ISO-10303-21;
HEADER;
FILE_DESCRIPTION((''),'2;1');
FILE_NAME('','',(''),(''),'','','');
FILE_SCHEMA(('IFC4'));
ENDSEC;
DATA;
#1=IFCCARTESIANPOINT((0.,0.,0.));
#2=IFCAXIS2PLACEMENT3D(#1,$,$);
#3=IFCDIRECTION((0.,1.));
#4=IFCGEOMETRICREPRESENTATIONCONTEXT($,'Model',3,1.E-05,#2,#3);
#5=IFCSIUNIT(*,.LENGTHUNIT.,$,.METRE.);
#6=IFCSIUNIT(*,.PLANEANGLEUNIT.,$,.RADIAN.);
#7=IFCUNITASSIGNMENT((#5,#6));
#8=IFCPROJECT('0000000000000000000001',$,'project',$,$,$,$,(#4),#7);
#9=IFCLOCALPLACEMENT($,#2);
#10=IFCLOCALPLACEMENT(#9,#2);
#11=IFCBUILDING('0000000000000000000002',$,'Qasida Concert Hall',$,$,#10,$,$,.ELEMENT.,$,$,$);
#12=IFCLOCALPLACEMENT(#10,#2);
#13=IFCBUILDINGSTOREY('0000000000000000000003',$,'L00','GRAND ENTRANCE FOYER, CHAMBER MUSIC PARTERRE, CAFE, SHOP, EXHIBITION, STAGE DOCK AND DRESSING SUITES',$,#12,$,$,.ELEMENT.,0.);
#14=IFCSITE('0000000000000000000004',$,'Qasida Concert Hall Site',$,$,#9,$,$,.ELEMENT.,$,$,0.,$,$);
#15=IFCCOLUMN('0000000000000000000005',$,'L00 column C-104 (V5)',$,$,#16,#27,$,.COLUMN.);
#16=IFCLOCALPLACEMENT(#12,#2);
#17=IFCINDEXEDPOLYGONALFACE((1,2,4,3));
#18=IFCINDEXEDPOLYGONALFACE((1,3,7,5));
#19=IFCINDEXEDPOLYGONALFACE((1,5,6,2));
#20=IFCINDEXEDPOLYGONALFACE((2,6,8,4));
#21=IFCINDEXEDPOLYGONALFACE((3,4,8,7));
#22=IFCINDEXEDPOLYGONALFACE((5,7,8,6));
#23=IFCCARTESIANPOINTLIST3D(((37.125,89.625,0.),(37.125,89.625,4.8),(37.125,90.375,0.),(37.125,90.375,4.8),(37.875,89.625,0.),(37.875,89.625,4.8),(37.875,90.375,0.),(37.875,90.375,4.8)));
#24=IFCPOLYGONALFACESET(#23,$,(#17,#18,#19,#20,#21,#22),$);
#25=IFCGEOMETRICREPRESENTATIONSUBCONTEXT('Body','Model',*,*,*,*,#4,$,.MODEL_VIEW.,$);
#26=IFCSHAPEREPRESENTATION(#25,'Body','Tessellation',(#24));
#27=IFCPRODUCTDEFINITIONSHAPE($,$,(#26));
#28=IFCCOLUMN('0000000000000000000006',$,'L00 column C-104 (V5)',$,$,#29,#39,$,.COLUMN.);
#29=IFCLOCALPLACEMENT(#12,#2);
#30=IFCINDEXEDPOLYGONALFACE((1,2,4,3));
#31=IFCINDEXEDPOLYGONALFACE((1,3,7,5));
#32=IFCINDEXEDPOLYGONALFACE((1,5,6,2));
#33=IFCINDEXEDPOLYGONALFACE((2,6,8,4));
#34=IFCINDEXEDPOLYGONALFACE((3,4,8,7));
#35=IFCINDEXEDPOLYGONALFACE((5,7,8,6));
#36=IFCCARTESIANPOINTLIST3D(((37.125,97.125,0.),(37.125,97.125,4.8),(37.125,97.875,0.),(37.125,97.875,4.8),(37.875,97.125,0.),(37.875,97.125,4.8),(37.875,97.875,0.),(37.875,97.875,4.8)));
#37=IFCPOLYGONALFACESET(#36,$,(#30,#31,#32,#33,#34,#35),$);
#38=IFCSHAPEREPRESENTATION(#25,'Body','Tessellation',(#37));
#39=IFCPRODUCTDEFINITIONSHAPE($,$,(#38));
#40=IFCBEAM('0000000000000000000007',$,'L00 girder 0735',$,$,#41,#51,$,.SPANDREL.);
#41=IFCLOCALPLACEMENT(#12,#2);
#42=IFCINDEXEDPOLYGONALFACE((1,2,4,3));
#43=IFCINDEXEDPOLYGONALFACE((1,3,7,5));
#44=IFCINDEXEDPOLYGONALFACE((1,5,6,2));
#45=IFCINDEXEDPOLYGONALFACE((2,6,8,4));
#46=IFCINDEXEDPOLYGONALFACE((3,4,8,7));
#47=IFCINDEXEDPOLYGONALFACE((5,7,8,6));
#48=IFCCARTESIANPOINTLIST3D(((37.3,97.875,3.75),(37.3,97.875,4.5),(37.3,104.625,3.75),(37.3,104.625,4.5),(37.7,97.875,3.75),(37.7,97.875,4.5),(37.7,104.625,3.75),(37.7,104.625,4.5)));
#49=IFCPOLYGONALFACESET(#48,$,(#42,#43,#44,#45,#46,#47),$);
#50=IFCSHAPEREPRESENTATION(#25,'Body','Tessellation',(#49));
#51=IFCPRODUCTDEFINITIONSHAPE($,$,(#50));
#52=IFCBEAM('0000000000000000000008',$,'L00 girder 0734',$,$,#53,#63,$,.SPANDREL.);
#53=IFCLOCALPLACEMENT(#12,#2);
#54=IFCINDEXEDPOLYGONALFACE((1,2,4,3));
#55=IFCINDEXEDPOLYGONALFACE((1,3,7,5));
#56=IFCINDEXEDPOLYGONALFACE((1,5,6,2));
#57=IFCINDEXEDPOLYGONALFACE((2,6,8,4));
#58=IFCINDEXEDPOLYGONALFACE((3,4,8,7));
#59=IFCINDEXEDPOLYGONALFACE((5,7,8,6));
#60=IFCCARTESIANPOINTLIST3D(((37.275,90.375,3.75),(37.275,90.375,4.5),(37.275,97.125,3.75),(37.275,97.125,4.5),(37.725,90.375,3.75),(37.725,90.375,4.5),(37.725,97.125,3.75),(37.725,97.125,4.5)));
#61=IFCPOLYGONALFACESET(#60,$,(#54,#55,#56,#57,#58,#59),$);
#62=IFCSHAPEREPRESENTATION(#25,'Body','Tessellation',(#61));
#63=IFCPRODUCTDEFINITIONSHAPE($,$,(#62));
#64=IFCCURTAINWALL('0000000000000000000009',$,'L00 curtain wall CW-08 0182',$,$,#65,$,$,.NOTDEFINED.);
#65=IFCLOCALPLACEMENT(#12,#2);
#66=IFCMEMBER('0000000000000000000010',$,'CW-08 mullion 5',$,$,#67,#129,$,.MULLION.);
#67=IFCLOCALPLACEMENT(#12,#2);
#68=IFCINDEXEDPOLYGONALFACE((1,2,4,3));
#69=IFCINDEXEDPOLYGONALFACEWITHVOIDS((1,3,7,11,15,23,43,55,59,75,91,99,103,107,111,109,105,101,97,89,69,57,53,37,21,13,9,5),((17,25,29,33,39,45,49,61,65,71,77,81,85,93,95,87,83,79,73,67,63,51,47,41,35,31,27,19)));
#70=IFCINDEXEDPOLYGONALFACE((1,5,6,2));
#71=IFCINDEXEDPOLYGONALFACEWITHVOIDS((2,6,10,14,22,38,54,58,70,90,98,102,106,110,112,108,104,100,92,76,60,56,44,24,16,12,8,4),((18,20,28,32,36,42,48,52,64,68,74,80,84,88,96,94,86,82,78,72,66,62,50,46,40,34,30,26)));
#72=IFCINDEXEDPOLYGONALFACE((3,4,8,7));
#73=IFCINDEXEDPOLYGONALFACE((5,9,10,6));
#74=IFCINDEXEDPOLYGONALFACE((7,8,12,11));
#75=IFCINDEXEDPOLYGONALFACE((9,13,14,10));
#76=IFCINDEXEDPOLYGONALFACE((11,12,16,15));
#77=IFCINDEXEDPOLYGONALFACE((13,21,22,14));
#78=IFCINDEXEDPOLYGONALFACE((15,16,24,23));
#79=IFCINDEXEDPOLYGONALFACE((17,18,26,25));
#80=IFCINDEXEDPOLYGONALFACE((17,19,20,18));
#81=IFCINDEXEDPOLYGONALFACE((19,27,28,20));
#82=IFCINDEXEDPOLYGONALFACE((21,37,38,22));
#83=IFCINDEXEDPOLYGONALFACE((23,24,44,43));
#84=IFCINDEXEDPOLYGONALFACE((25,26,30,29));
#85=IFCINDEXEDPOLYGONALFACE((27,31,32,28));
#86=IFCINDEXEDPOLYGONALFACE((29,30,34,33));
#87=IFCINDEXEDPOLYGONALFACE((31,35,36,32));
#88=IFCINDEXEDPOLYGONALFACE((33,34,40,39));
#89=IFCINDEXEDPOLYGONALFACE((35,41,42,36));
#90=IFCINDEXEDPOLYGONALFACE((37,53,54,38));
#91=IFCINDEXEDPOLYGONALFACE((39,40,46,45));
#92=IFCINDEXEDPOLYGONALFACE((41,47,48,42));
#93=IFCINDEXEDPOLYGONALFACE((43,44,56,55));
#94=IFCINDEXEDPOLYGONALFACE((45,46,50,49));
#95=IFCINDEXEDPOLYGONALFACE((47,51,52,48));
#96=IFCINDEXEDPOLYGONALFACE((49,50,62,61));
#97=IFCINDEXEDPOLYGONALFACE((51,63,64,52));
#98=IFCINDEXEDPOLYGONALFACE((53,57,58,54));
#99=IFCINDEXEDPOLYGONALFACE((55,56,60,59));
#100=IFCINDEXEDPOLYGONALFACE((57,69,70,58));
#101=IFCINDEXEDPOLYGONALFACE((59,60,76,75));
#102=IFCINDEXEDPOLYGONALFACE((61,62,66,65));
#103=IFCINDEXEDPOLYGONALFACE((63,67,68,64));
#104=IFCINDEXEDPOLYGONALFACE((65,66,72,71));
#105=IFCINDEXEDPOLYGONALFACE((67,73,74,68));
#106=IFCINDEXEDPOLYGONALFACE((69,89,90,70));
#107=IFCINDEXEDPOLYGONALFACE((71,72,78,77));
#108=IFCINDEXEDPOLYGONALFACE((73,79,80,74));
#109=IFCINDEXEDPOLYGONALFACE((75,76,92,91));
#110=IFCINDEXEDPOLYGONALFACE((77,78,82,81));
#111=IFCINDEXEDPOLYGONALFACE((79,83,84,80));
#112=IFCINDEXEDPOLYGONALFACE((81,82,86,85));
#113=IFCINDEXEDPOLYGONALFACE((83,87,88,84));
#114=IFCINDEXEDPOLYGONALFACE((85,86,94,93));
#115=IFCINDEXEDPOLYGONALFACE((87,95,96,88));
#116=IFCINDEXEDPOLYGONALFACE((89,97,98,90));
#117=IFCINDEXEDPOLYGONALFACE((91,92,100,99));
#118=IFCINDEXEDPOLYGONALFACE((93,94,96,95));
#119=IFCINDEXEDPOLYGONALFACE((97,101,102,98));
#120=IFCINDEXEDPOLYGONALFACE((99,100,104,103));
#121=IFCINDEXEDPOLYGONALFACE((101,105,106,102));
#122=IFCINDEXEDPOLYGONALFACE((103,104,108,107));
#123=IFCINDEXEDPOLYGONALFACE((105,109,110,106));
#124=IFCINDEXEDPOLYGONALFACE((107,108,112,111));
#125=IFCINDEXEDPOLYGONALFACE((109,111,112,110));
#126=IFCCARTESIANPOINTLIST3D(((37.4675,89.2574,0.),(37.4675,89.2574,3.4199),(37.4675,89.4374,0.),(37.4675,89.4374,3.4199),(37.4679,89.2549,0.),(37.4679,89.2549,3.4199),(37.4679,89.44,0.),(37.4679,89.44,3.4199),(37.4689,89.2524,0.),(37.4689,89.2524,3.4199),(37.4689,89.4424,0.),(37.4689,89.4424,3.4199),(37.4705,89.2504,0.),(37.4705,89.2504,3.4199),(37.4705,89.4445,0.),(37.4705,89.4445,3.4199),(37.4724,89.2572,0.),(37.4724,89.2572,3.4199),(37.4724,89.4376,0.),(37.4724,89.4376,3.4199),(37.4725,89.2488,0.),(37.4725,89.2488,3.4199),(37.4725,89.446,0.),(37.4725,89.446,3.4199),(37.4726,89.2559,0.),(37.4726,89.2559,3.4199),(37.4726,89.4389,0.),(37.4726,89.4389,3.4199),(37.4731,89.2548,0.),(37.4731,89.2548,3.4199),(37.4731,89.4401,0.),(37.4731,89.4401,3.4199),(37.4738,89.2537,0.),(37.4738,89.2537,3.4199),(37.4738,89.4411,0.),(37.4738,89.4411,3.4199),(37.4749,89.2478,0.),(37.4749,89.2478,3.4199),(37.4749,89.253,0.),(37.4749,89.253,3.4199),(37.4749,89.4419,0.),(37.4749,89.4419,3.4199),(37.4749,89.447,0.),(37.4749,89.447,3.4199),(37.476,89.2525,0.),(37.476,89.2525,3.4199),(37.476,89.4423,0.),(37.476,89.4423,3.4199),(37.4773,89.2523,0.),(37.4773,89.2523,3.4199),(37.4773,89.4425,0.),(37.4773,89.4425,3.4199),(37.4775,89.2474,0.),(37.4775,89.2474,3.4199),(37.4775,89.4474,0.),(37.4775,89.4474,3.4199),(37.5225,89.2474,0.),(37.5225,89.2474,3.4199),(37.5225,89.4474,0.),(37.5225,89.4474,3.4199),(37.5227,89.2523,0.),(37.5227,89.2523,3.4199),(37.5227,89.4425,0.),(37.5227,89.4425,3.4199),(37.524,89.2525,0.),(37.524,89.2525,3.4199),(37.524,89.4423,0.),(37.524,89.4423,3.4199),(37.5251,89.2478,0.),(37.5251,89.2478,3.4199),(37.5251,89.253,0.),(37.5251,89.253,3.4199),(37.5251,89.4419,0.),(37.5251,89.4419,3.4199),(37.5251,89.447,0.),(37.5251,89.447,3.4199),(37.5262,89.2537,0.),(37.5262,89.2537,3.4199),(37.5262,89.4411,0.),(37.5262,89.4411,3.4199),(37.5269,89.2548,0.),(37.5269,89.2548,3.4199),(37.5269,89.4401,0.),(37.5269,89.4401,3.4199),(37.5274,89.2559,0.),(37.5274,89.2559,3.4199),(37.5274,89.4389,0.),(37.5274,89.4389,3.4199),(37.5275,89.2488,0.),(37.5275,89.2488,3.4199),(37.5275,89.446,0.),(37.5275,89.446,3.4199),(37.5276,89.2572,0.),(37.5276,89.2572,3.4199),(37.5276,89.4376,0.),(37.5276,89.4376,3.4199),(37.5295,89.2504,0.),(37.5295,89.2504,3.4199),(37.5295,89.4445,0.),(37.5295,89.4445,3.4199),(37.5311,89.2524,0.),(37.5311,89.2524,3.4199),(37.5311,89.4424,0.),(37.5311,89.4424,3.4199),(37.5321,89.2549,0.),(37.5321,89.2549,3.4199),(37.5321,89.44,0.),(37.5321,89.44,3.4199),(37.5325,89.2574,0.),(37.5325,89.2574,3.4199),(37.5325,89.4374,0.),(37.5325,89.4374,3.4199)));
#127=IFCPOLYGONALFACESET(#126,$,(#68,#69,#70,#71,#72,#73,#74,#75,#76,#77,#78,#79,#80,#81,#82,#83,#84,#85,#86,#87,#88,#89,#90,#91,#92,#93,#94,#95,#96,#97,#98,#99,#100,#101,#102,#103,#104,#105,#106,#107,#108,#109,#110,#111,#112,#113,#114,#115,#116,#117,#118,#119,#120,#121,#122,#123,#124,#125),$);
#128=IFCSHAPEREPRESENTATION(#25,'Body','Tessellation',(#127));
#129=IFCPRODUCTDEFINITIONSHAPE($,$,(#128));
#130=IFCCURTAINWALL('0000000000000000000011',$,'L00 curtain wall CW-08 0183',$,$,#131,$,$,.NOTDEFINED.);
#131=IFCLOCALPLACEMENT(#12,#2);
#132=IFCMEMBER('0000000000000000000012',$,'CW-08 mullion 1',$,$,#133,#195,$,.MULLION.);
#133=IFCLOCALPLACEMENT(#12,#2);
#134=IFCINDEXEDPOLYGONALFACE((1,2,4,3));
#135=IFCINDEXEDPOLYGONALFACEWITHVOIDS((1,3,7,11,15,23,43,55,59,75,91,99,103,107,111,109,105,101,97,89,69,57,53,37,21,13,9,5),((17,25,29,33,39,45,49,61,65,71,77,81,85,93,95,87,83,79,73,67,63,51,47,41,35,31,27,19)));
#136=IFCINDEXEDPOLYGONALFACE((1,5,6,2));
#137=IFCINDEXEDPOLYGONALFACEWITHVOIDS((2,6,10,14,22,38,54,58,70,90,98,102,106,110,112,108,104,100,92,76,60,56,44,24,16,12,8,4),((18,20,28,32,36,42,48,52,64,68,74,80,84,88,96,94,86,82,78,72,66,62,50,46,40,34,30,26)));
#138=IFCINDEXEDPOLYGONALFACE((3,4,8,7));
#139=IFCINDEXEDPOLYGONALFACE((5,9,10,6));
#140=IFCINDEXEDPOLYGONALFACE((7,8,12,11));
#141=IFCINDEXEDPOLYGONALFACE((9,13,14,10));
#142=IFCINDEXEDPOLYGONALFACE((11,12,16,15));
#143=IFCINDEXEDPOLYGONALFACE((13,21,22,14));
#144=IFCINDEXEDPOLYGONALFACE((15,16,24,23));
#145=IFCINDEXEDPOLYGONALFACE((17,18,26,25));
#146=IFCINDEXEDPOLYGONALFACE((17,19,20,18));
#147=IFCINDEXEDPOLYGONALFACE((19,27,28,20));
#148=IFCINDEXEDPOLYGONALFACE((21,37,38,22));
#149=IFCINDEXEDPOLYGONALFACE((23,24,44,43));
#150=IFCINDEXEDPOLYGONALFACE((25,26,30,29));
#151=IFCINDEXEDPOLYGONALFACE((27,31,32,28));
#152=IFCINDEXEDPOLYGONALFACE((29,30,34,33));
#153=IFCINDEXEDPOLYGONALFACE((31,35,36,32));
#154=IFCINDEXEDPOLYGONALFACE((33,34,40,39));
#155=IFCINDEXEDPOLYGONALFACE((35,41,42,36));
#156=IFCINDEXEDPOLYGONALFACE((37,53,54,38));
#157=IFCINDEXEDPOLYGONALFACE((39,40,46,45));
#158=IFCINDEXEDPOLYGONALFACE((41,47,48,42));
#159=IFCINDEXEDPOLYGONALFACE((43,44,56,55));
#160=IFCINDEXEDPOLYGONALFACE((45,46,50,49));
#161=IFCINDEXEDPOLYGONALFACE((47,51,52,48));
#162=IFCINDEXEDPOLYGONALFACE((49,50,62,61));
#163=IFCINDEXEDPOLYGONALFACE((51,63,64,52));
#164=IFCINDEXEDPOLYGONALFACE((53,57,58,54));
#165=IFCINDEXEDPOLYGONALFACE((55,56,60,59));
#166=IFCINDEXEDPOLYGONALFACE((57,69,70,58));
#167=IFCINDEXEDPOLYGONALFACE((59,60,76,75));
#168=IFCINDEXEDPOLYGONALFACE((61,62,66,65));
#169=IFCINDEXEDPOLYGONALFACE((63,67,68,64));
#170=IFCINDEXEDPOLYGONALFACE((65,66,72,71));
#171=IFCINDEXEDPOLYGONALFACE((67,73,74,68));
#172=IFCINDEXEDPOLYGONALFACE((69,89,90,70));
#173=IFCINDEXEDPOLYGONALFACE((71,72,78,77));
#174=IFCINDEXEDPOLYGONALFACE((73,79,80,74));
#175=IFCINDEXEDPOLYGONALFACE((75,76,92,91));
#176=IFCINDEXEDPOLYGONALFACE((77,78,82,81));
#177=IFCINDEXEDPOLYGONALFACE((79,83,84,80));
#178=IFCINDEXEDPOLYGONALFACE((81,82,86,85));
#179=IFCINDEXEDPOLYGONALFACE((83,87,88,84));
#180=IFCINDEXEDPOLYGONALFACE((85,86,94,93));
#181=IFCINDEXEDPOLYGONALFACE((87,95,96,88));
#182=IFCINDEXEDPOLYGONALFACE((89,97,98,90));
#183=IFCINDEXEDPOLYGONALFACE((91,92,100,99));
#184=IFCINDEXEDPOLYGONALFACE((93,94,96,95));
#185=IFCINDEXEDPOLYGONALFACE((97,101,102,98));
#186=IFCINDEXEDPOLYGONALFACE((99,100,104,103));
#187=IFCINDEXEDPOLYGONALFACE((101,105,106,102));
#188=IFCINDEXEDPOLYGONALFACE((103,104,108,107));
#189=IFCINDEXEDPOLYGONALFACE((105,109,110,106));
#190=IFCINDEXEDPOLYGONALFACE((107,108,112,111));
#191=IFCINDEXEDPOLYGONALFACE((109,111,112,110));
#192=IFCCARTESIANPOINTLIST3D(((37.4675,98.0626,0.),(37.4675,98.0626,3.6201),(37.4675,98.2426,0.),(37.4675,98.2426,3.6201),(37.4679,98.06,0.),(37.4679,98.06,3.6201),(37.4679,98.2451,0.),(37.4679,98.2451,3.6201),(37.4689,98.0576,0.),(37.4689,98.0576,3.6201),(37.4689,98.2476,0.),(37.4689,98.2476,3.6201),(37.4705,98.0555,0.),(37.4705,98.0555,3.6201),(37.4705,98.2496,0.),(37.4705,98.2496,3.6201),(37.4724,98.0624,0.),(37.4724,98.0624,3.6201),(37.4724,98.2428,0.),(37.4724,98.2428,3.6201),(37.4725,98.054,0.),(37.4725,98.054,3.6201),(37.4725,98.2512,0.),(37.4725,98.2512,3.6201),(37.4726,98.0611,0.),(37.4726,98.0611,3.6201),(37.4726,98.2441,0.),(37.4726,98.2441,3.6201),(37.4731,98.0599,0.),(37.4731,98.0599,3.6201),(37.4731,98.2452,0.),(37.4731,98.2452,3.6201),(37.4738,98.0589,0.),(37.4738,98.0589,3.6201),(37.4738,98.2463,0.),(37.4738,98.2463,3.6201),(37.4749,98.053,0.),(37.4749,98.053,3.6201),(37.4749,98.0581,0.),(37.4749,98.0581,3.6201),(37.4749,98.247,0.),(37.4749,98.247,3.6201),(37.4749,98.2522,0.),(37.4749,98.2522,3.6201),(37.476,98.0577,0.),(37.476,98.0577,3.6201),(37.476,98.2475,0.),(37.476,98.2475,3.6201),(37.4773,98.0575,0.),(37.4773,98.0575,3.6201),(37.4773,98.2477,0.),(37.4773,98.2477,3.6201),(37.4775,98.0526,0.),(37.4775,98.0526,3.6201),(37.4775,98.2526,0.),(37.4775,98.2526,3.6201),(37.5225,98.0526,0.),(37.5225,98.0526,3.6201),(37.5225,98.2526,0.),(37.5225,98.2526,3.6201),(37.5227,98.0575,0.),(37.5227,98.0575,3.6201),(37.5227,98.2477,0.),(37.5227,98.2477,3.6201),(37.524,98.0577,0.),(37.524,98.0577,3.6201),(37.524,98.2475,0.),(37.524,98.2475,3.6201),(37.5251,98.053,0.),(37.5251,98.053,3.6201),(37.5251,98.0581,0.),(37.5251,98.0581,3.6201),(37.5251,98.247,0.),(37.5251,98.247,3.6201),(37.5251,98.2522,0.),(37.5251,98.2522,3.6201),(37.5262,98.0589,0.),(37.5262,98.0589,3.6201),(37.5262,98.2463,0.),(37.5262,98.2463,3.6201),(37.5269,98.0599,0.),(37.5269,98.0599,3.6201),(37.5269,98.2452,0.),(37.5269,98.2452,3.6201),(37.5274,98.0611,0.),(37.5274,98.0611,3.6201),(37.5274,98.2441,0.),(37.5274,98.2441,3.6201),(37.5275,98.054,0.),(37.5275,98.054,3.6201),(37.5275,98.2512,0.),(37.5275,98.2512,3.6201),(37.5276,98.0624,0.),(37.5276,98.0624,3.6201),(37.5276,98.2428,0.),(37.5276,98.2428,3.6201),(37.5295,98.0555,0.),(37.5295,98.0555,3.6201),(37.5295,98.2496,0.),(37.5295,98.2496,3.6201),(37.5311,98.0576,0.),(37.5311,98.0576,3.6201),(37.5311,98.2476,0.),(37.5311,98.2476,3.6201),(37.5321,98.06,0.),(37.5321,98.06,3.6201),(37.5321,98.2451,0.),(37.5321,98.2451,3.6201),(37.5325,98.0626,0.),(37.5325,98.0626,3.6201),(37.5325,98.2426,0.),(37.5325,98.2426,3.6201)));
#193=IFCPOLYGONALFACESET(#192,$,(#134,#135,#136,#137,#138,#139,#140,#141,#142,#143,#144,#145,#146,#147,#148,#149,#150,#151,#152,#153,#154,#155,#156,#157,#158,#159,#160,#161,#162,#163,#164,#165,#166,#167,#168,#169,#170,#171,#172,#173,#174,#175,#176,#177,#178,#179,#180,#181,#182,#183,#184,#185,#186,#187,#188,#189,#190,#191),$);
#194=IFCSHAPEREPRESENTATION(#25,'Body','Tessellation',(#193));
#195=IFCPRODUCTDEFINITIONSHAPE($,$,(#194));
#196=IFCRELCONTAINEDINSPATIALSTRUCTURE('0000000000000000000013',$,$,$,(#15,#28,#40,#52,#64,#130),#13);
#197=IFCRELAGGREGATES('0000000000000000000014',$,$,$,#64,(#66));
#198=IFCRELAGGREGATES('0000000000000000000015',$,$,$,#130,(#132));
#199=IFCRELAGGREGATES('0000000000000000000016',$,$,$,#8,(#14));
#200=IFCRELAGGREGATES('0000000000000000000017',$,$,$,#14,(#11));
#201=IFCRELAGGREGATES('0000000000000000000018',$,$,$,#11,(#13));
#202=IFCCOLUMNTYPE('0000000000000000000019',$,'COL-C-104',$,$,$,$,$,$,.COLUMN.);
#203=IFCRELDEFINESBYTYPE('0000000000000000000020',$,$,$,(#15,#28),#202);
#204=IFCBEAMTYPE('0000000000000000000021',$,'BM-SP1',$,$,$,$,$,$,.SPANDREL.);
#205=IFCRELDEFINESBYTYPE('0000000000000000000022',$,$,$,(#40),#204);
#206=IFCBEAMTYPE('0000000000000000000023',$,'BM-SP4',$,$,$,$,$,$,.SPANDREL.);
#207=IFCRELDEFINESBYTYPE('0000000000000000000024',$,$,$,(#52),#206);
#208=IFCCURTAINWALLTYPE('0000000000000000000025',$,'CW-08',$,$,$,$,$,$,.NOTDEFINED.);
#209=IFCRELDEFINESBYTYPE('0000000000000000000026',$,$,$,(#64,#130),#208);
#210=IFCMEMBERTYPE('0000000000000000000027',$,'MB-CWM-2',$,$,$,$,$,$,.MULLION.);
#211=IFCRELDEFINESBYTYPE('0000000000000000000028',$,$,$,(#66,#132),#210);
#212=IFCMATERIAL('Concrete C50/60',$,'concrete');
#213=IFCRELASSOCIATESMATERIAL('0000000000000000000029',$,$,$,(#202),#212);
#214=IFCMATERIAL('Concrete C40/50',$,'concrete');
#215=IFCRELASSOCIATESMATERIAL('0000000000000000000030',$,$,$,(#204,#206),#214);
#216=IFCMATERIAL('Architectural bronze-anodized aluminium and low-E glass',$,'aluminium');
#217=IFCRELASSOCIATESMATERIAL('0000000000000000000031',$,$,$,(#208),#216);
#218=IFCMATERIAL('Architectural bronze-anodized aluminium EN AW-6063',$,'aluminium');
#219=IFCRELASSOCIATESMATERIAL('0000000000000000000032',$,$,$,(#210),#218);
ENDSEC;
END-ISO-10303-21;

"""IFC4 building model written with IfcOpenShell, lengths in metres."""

from ifc_helpers import new_model, si_unit, direction, frame, origin, origin_2d, place, context, subcontext, project, spatial, rectangle, hollow_rectangle, extrude, material, material_profile, profile_set, type_object, element, aggregate, save


model = new_model("IFC4")

# Units and contexts
model_context = context("Model", 3, precision=1e-05, world=origin(), true_north=direction((0.0, 1.0)))
body_context = subcontext(model_context, "Body", "Model", "MODEL_VIEW")
ifc_project = project(units=[si_unit("LENGTHUNIT", "METRE"), si_unit("PLANEANGLEUNIT", "RADIAN")], contexts=[model_context])

# Site, building, storey
site_placement = place(None, origin())
site = spatial("IfcSite", under=ifc_project, at=site_placement, Name="Qasida Concert Hall Site", CompositionType="ELEMENT", RefElevation=0.0)
building_placement = place(site_placement, origin())
building = spatial("IfcBuilding", under=site, at=building_placement, Name="Qasida Concert Hall", CompositionType="ELEMENT")
storey_placement = place(building_placement, origin())
storey = spatial("IfcBuildingStorey", under=building, at=storey_placement, Name="L00", Description="GRAND ENTRANCE FOYER, CHAMBER MUSIC PARTERRE, CAFE, SHOP, EXHIBITION, STAGE DOCK AND DRESSING SUITES", CompositionType="ELEMENT", Elevation=0.0)

# Columns
ifc_material_1 = material(Name="Concrete C50/60", Category="concrete")
ifc_material_profile_1 = material_profile(ifc_material_1, rectangle(XDim=0.75, YDim=0.75, at=origin_2d()), Name="RC 750x750")
ifc_profile_set_1 = profile_set([ifc_material_profile_1], Name="Concrete C50/60")
column_type = type_object("IfcColumnType", Name="COL-C-104", PredefinedType="COLUMN", material=ifc_profile_set_1)
for number, where, z_axis, x_axis, name in (
    (1, (37.5, 90.0, 0.0), (0.0, 0.0, 1.0), (1.0, 0.0, 0.0), "L00 column C-104 (V5)"),
    (2, (37.5, 97.5, 0.0), (0.0, 0.0, 1.0), (1.0, 0.0, 0.0), "L00 column C-104 (V5)"),
):
    element("IfcColumn", number, at=place(storey_placement, frame(where, z_axis=z_axis, x_axis=x_axis)), inside=storey, type_object=column_type, Name=name, PredefinedType="COLUMN", context=body_context, shape_type="SweptSolid", body=[
        extrude(rectangle(XDim=0.75, YDim=0.75, at=origin_2d()), origin(), (0.0, 0.0, 1.0), 4.8),
    ])

# Beams
ifc_material_2 = material(Name="Concrete C40/50", Category="concrete")
ifc_material_profile_2 = material_profile(ifc_material_2, rectangle(XDim=0.3999, YDim=0.75, at=origin_2d()), Name="RC 400x750")
ifc_profile_set_2 = profile_set([ifc_material_profile_2], Name="Concrete C40/50")
beam_type_1 = type_object("IfcBeamType", Name="BM-SP1", PredefinedType="SPANDREL", material=ifc_profile_set_2)
beam_1_placement = place(storey_placement, frame((37.5, 97.875, 4.125), z_axis=(0.0, 1.0, 0.0), x_axis=(-1.0, 0.0, 0.0)))
element("IfcBeam", 3, at=beam_1_placement, inside=storey, type_object=beam_type_1, Name="L00 girder 0735", PredefinedType="SPANDREL", context=body_context, shape_type="SweptSolid", body=[
    extrude(rectangle(XDim=0.3999, YDim=0.75, at=origin_2d()), origin(), (0.0, 0.0, 1.0), 6.75),
])
ifc_material_profile_3 = material_profile(ifc_material_2, rectangle(XDim=0.45, YDim=0.75, at=origin_2d()), Name="RC 450x750")
ifc_profile_set_3 = profile_set([ifc_material_profile_3], Name="Concrete C40/50")
beam_type_2 = type_object("IfcBeamType", Name="BM-SP4", PredefinedType="SPANDREL", material=ifc_profile_set_3)
beam_2_placement = place(storey_placement, frame((37.5, 90.375, 4.125), z_axis=(0.0, 1.0, 0.0), x_axis=(-1.0, 0.0, 0.0)))
element("IfcBeam", 4, at=beam_2_placement, inside=storey, type_object=beam_type_2, Name="L00 girder 0734", PredefinedType="SPANDREL", context=body_context, shape_type="SweptSolid", body=[
    extrude(rectangle(XDim=0.45, YDim=0.75, at=origin_2d()), origin(), (0.0, 0.0, 1.0), 6.75),
])

# Curtain wall, member
ifc_material_3 = material(Name="Architectural bronze-anodized aluminium and low-E glass", Category="aluminium")
curtain_wall_type = type_object("IfcCurtainWallType", Name="CW-08", PredefinedType="NOTDEFINED", material=ifc_material_3)
curtain_wall_1_placement = place(storey_placement, origin())
curtain_wall_1 = element("IfcCurtainWall", 5, at=curtain_wall_1_placement, inside=storey, type_object=curtain_wall_type, Name="L00 curtain wall CW-08 0182", PredefinedType="NOTDEFINED")
ifc_material_4 = material(Name="Architectural bronze-anodized aluminium EN AW-6063", Category="aluminium")
ifc_material_profile_4 = material_profile(ifc_material_4, hollow_rectangle(XDim=0.0649, YDim=0.2, WallThickness=0.0049, InnerFilletRadius=0.0049, OuterFilletRadius=0.01, at=origin_2d()), Name="CWM 200x65x5")
ifc_profile_set_4 = profile_set([ifc_material_profile_4], Name="Architectural bronze-anodized aluminium EN AW-6063")
member_type_1 = type_object("IfcMemberType", Name="MB-CWM-2", PredefinedType="MULLION", material=ifc_profile_set_4)
member_1_placement = place(storey_placement, frame((37.5, 89.3474, 0.0), z_axis=(0.0, 0.0, 1.0), x_axis=(-1.0, 0.0, 0.0)))
member_1 = element("IfcMember", 6, at=member_1_placement, type_object=member_type_1, Name="CW-08 mullion 5", PredefinedType="MULLION", context=body_context, shape_type="SweptSolid", body=[
    extrude(hollow_rectangle(XDim=0.0649, YDim=0.2, WallThickness=0.0049, InnerFilletRadius=0.0049, OuterFilletRadius=0.01, at=origin_2d()), origin(), (0.0, 0.0, 1.0), 3.4199),
])

# Curtain wall, member
curtain_wall_2_placement = place(storey_placement, origin())
curtain_wall_2 = element("IfcCurtainWall", 7, at=curtain_wall_2_placement, inside=storey, type_object=curtain_wall_type, Name="L00 curtain wall CW-08 0183", PredefinedType="NOTDEFINED")
member_2_placement = place(storey_placement, frame((37.5, 98.1526, 0.0), z_axis=(0.0, 0.0, 1.0), x_axis=(-1.0, 0.0, 0.0)))
member_2 = element("IfcMember", 8, at=member_2_placement, type_object=member_type_1, Name="CW-08 mullion 1", PredefinedType="MULLION", context=body_context, shape_type="SweptSolid", body=[
    extrude(hollow_rectangle(XDim=0.0649, YDim=0.2, WallThickness=0.0049, InnerFilletRadius=0.0049, OuterFilletRadius=0.01, at=origin_2d()), origin(), (0.0, 0.0, 1.0), 3.6201),
])

aggregate(curtain_wall_1, [member_1])
aggregate(curtain_wall_2, [member_2])

save(model, "model.ifc")
